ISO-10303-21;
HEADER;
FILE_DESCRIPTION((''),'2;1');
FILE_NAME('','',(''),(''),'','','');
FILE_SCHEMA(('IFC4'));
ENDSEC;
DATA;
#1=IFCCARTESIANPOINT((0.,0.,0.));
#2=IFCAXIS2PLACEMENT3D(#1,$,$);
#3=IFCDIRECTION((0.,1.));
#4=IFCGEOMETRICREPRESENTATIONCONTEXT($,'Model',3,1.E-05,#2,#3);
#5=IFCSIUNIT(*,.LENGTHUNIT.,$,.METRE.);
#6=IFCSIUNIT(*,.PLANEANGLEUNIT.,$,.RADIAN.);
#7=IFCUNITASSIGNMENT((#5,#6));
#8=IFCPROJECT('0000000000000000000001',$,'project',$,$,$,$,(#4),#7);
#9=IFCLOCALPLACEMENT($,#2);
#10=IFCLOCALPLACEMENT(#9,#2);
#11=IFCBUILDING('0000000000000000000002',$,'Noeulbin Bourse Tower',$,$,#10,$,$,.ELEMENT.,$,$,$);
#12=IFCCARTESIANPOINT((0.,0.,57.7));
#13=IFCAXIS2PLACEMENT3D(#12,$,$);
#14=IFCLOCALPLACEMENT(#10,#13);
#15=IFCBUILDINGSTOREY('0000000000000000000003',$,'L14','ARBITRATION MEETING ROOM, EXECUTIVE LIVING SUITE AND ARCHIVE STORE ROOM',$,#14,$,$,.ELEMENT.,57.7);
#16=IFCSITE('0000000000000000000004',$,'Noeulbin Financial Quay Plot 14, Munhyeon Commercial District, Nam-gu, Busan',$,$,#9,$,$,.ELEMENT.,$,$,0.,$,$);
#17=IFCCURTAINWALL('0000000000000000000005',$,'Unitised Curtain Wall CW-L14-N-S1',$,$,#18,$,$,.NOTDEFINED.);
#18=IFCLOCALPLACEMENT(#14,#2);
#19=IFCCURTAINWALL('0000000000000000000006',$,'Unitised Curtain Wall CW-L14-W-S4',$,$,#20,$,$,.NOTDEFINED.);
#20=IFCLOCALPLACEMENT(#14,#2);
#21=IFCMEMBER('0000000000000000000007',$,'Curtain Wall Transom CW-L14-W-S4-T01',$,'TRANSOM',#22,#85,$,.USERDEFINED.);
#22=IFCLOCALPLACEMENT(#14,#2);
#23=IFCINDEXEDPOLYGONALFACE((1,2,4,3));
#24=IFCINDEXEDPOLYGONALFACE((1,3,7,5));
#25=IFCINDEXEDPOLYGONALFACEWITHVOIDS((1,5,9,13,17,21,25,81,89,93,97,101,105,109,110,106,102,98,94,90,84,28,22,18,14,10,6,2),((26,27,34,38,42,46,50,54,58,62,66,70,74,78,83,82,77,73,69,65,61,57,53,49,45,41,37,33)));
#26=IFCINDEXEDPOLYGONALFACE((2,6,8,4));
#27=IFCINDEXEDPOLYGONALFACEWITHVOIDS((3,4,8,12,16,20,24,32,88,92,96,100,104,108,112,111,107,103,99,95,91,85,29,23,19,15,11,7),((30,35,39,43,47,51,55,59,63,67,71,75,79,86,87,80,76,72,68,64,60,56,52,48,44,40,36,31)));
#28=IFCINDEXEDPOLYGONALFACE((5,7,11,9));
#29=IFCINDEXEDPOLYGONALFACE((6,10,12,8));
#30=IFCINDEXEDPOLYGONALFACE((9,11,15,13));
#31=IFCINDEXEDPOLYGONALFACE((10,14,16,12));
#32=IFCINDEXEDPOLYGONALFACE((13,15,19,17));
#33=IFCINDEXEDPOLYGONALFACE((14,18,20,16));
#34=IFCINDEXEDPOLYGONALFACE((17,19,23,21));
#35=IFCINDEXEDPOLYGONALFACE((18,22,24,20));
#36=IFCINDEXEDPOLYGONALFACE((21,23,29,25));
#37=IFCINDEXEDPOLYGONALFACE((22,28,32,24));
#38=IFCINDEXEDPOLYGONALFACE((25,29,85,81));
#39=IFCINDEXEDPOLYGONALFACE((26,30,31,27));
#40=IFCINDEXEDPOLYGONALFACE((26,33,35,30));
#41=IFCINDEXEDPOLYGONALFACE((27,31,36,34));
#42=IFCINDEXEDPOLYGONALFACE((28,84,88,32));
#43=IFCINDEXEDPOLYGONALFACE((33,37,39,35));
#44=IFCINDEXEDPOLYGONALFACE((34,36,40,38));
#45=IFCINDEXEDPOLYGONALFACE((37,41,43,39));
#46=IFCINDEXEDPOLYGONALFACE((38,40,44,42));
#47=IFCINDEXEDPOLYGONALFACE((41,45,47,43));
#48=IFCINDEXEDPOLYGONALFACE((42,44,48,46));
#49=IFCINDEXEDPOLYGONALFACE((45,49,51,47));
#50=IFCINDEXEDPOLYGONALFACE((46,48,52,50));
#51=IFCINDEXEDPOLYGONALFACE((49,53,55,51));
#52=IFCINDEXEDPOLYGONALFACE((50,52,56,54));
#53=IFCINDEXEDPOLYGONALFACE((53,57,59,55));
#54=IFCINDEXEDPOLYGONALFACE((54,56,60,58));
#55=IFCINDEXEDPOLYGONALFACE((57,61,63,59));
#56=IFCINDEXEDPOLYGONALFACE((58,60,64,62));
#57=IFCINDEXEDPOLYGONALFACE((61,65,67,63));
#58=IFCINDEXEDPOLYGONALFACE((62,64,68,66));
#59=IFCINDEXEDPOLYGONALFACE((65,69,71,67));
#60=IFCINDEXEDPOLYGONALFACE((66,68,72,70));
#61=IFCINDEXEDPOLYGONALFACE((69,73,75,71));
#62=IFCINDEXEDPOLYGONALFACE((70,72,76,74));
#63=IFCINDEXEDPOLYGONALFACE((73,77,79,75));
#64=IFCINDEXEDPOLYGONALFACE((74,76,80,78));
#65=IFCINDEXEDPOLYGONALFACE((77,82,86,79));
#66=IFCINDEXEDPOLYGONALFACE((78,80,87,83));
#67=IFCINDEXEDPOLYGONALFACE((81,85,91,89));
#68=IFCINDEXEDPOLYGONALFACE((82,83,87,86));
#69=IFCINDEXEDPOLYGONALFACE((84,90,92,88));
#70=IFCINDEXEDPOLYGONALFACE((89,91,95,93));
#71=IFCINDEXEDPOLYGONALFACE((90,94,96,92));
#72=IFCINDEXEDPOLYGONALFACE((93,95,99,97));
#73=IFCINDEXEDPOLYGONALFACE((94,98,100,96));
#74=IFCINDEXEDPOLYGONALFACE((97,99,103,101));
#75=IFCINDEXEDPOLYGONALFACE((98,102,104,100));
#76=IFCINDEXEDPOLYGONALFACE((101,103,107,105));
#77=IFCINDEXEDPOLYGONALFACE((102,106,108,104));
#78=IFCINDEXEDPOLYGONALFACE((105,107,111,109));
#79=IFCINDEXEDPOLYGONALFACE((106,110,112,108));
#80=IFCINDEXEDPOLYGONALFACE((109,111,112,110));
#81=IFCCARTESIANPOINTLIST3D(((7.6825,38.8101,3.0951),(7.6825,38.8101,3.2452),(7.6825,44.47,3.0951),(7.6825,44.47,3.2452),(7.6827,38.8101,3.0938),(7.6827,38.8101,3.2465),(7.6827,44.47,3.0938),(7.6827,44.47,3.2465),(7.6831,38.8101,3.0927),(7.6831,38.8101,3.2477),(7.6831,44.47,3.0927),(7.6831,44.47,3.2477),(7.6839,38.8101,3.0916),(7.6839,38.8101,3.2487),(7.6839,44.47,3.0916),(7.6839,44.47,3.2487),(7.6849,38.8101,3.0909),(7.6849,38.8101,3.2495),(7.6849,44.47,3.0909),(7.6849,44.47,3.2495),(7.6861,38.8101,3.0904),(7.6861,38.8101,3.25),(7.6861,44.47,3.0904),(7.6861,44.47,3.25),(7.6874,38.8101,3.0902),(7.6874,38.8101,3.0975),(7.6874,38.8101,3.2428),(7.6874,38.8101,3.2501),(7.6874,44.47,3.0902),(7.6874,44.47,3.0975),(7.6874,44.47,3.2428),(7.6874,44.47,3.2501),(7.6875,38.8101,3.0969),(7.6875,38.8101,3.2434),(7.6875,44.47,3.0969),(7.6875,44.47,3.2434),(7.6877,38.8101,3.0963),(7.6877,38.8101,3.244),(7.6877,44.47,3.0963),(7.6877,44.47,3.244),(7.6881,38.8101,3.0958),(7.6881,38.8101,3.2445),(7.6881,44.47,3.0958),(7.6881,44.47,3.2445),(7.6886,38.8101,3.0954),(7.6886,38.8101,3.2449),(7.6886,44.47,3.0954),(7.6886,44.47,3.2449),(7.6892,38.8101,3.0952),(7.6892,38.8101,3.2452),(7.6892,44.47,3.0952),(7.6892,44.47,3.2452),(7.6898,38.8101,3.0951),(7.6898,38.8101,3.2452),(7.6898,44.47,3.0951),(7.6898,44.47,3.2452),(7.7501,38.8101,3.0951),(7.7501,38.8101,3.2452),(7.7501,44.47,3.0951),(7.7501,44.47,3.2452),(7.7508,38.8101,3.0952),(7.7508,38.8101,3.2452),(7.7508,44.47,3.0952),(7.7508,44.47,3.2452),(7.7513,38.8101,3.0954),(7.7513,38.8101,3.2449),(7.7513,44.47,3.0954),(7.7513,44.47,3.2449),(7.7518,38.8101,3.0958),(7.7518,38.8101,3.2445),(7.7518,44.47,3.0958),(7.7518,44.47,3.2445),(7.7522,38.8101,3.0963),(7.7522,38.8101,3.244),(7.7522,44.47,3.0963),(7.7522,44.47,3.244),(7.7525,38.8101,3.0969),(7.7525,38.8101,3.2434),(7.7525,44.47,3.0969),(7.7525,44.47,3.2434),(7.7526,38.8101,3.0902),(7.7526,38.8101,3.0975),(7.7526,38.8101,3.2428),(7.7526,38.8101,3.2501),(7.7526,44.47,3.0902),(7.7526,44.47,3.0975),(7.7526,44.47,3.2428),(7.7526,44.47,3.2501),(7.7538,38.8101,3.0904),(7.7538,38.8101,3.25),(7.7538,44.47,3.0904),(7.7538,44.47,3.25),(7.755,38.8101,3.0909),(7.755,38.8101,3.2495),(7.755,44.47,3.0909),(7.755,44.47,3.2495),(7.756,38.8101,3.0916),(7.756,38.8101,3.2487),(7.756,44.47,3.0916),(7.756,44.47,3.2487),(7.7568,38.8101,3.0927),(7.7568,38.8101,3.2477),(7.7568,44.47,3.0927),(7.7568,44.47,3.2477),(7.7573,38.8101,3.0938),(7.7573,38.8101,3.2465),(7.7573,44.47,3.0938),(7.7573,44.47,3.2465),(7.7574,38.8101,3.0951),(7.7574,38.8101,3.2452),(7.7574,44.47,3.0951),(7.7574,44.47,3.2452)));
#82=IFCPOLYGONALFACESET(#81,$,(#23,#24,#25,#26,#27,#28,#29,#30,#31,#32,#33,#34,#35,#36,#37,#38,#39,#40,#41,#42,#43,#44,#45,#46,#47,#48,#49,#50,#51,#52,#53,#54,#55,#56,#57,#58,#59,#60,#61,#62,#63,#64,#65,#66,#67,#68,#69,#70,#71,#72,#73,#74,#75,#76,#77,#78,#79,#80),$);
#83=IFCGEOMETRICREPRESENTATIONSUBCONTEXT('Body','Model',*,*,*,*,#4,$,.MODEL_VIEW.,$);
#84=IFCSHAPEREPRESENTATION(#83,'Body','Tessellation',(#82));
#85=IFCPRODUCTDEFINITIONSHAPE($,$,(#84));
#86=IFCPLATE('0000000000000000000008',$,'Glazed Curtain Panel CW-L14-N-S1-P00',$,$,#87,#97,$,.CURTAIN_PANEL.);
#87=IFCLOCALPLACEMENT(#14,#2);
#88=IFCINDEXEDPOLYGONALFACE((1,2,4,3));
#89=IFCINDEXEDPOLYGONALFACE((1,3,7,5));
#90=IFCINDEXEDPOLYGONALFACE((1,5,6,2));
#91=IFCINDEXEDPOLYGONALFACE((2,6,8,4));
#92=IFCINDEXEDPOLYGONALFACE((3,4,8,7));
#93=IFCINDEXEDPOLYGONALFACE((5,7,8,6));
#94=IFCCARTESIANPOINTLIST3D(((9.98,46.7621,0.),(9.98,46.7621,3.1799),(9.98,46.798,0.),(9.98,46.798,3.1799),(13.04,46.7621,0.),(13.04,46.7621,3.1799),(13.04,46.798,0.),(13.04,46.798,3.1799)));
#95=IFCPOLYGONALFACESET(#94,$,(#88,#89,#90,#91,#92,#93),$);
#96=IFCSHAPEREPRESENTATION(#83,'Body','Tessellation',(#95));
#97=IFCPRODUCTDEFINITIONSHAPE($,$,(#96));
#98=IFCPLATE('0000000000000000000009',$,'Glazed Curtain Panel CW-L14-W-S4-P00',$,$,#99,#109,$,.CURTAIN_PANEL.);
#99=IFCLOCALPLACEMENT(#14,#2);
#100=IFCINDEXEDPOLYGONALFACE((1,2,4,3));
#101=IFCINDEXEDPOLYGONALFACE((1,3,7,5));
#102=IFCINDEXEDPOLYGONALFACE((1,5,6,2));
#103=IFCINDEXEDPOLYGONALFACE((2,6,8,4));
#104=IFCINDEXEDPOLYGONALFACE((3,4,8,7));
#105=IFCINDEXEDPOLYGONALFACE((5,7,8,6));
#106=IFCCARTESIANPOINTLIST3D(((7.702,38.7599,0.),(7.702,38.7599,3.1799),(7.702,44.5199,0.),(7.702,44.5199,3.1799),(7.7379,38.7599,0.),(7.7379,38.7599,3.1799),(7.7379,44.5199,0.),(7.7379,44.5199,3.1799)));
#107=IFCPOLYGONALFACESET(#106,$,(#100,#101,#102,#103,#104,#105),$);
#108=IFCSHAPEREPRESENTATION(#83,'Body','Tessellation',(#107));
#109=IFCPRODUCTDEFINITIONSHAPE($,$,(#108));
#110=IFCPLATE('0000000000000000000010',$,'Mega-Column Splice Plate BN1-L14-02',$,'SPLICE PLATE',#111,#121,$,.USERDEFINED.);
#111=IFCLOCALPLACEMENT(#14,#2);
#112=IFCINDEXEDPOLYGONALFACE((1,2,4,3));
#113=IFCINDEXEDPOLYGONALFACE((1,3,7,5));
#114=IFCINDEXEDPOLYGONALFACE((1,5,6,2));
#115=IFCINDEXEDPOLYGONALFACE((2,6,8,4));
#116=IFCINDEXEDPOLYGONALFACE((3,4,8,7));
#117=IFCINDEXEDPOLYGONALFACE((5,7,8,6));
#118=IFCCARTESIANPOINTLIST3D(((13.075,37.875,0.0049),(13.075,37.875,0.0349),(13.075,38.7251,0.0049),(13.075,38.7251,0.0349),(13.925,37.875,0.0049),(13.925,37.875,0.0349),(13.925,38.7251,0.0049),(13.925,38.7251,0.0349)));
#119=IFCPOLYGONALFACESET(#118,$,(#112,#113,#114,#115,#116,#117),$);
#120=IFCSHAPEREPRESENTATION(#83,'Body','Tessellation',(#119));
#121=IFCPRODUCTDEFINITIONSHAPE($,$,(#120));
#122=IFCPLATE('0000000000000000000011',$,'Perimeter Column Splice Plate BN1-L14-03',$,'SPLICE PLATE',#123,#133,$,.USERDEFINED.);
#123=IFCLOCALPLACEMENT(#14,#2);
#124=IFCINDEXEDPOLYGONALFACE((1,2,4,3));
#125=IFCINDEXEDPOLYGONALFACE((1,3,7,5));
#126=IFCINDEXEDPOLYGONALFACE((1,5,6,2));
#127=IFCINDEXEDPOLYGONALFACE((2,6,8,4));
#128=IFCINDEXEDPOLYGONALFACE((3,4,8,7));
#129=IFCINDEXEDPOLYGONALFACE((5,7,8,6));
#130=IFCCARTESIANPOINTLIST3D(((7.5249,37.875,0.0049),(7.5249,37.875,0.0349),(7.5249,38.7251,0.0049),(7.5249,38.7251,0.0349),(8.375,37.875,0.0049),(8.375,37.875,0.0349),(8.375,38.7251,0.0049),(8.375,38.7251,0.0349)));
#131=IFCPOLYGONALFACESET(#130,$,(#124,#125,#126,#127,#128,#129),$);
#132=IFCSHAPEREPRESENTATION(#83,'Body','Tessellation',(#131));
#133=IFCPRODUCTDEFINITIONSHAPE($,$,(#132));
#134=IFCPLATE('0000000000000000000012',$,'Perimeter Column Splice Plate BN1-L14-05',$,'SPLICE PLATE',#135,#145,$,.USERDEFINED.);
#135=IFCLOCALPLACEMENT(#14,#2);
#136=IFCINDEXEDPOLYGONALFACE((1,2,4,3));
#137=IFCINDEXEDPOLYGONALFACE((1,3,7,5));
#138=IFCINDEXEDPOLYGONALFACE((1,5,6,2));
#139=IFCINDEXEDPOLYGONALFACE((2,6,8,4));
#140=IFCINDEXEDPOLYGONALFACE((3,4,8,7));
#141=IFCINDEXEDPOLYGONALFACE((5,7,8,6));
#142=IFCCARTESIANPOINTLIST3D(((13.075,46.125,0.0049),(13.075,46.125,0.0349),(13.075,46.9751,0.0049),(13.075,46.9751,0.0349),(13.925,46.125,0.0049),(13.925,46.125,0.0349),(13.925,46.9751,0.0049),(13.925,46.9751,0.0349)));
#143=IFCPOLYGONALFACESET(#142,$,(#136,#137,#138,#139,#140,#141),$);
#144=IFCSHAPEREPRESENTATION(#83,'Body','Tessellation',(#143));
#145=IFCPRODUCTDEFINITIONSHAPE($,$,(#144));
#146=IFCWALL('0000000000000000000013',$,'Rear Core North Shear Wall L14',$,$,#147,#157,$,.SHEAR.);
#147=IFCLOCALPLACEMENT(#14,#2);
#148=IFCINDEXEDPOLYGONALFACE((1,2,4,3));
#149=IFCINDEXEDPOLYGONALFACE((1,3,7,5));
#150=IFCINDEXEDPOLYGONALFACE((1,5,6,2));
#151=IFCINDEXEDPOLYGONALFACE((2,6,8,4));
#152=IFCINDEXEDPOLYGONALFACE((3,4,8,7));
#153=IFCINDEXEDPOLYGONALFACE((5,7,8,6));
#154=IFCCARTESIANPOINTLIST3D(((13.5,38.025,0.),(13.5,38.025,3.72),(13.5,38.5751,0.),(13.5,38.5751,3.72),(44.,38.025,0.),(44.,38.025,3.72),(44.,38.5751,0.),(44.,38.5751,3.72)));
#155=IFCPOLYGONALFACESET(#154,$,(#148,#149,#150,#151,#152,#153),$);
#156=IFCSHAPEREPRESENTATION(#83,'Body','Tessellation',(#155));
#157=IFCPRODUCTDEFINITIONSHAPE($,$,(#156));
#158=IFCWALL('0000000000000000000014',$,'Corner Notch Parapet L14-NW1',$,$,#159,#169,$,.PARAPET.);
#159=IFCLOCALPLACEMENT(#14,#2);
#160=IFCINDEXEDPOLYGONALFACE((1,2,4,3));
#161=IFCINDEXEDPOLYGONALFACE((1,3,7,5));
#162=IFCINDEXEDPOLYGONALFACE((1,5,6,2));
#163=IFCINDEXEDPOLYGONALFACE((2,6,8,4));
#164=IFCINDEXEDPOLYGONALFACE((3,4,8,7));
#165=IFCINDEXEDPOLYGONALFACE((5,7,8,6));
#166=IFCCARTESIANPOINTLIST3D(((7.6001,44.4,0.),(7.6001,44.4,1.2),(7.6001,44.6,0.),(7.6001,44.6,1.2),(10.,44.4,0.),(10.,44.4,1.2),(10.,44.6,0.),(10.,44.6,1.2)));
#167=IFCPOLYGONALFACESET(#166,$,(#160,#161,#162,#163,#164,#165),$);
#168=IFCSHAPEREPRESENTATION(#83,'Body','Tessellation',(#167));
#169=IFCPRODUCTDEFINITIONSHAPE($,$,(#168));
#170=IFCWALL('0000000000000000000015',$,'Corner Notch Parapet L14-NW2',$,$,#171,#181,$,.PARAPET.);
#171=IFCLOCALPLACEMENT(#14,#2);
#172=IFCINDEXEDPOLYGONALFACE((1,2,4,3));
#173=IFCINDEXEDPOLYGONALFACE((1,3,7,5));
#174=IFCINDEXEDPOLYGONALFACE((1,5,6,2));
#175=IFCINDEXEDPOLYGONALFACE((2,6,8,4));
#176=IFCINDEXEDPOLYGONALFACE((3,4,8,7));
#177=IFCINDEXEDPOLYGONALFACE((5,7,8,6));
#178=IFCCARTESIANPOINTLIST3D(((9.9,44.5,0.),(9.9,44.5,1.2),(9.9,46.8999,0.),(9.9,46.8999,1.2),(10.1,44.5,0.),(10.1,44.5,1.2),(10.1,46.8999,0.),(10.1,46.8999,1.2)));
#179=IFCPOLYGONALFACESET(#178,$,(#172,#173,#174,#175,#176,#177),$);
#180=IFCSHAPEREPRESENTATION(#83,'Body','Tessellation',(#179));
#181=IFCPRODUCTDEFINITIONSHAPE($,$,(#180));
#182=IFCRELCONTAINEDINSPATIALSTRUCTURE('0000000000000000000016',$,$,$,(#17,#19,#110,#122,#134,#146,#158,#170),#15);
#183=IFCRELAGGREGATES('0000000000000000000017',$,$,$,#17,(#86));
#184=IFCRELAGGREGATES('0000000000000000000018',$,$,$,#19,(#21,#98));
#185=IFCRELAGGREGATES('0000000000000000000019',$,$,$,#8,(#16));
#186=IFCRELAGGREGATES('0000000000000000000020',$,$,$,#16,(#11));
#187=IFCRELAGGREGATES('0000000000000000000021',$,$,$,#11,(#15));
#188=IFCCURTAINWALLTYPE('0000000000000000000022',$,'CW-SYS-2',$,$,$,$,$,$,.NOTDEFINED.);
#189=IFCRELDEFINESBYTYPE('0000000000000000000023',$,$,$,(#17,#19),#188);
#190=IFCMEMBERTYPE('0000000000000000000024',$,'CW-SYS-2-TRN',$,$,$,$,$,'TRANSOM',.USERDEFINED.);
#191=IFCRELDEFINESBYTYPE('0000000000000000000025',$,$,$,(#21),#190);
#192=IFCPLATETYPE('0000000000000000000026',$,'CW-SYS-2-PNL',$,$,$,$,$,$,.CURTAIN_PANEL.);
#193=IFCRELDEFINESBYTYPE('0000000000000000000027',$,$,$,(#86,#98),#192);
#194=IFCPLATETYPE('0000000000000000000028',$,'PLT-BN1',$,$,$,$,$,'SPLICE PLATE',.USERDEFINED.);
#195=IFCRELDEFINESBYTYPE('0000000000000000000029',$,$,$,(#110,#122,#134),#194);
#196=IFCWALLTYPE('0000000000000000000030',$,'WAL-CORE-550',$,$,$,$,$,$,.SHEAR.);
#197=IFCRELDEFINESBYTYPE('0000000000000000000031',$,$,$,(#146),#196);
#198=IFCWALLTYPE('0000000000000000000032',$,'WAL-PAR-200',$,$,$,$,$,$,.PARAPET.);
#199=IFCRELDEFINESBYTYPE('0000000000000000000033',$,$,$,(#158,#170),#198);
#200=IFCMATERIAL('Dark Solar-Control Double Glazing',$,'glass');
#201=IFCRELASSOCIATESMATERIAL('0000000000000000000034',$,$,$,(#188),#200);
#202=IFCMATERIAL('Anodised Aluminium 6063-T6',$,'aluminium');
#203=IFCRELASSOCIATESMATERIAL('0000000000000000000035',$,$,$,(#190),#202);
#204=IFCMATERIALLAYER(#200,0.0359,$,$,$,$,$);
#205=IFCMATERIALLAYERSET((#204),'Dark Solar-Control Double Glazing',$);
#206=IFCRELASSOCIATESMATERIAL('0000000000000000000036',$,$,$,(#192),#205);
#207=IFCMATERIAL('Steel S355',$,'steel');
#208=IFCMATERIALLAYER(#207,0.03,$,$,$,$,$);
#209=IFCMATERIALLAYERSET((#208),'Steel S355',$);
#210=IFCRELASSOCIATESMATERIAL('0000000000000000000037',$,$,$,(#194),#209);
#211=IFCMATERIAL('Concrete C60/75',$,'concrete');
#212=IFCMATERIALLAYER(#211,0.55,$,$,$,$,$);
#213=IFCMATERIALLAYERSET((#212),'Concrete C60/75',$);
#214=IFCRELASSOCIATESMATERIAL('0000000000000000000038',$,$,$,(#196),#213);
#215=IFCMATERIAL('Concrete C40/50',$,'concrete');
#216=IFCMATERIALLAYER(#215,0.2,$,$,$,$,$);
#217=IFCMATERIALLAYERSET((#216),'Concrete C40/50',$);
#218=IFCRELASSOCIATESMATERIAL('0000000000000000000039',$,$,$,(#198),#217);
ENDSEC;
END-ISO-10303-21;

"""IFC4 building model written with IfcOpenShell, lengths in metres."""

from ifc_helpers import new_model, si_unit, direction, frame, frame_2d, origin, origin_2d, place, context, subcontext, project, spatial, rectangle, hollow_rectangle, extrude, material, layer, layer_set, material_profile, profile_set, type_object, element, aggregate, save


model = new_model("IFC4")

# Units and contexts
model_context = context("Model", 3, precision=1e-05, world=origin(), true_north=direction((0.0, 1.0)))
body_context = subcontext(model_context, "Body", "Model", "MODEL_VIEW")
ifc_project = project(units=[si_unit("LENGTHUNIT", "METRE"), si_unit("PLANEANGLEUNIT", "RADIAN")], contexts=[model_context])

# Site, building, storey
site_placement = place(None, origin())
site = spatial("IfcSite", under=ifc_project, at=site_placement, Name="Noeulbin Financial Quay Plot 14, Munhyeon Commercial District, Nam-gu, Busan", CompositionType="ELEMENT", RefElevation=0.0)
building_placement = place(site_placement, origin())
building = spatial("IfcBuilding", under=site, at=building_placement, Name="Noeulbin Bourse Tower", CompositionType="ELEMENT")
storey_placement = place(building_placement, frame((0.0, 0.0, 57.7)))
storey = spatial("IfcBuildingStorey", under=building, at=storey_placement, Name="L14", Description="ARBITRATION MEETING ROOM, EXECUTIVE LIVING SUITE AND ARCHIVE STORE ROOM", CompositionType="ELEMENT", Elevation=57.7)

# Shared definitions
ifc_material_1 = material(Name="Steel S355", Category="steel")

# Curtain wall
ifc_material_2 = material(Name="Dark Solar-Control Double Glazing", Category="glass")
curtain_wall_type = type_object("IfcCurtainWallType", Name="CW-SYS-2", PredefinedType="NOTDEFINED", material=ifc_material_2)
curtain_wall_1_placement = place(storey_placement, origin())
curtain_wall_1 = element("IfcCurtainWall", 1, at=curtain_wall_1_placement, inside=storey, type_object=curtain_wall_type, Name="Unitised Curtain Wall CW-L14-N-S1", PredefinedType="NOTDEFINED")
ifc_material_3 = material(Name="Anodised Aluminium 6063-T6", Category="aluminium")

# Curtain wall
curtain_wall_2_placement = place(storey_placement, origin())
curtain_wall_2 = element("IfcCurtainWall", 2, at=curtain_wall_2_placement, inside=storey, type_object=curtain_wall_type, Name="Unitised Curtain Wall CW-L14-W-S4", PredefinedType="NOTDEFINED")

# Member
ifc_material_profile_1 = material_profile(ifc_material_3, hollow_rectangle(XDim=0.075, YDim=0.1599, WallThickness=0.0049, InnerFilletRadius=0.0024, OuterFilletRadius=0.0049, at=origin_2d()), Name="ALU-TRAN-75x160x5", Category="LoadBearing")
ifc_profile_set_1 = profile_set([ifc_material_profile_1], Name="Anodised Aluminium 6063-T6")
member_type_1 = type_object("IfcMemberType", Name="CW-SYS-2-TRN", ElementType="TRANSOM", PredefinedType="USERDEFINED", material=ifc_profile_set_1)
member_1_placement = place(storey_placement, frame((7.72, 38.8101, 3.1702), z_axis=(0.0, 1.0, 0.0), x_axis=(-1.0, 0.0, 0.0)))
member_1 = element("IfcMember", 3, at=member_1_placement, type_object=member_type_1, Name="Curtain Wall Transom CW-L14-W-S4-T01", ObjectType="TRANSOM", PredefinedType="USERDEFINED", context=body_context, shape_type="SweptSolid", body=[
    extrude(hollow_rectangle(XDim=0.075, YDim=0.1599, WallThickness=0.0049, InnerFilletRadius=0.0024, OuterFilletRadius=0.0049, at=origin_2d()), origin(), (0.0, 0.0, 1.0), 5.6599),
])

# Plates
ifc_layer_1 = layer(ifc_material_2, 0.0359)
ifc_layer_set_1 = layer_set([ifc_layer_1], Name="Dark Solar-Control Double Glazing")
plate_type_1 = type_object("IfcPlateType", Name="CW-SYS-2-PNL", PredefinedType="CURTAIN_PANEL", material=ifc_layer_set_1)
plate_1_placement = place(storey_placement, frame((11.51, 46.78, 0.0), z_axis=(0.0, 0.0, 1.0), x_axis=(1.0, 0.0, 0.0)))
plate_1 = element("IfcPlate", 4, at=plate_1_placement, type_object=plate_type_1, Name="Glazed Curtain Panel CW-L14-N-S1-P00", PredefinedType="CURTAIN_PANEL", context=body_context, shape_type="SweptSolid", body=[
    extrude(rectangle(XDim=3.0601, YDim=0.0359, at=origin_2d()), origin(), (0.0, 0.0, 1.0), 3.1799),
])
aggregate(curtain_wall_1, [plate_1])
plate_2_placement = place(storey_placement, frame((7.72, 41.6399, 0.0), z_axis=(0.0, 0.0, 1.0), x_axis=(0.0, 1.0, 0.0)))
plate_2 = element("IfcPlate", 5, at=plate_2_placement, type_object=plate_type_1, Name="Glazed Curtain Panel CW-L14-W-S4-P00", PredefinedType="CURTAIN_PANEL", context=body_context, shape_type="SweptSolid", body=[
    extrude(rectangle(XDim=5.76, YDim=0.0359, at=origin_2d()), origin(), (0.0, 0.0, 1.0), 3.1799),
])
aggregate(curtain_wall_2, [member_1, plate_2])

# Plates
ifc_layer_2 = layer(ifc_material_1, 0.03)
ifc_layer_set_2 = layer_set([ifc_layer_2], Name="Steel S355")
plate_type_2 = type_object("IfcPlateType", Name="PLT-BN1", ElementType="SPLICE PLATE", PredefinedType="USERDEFINED", material=ifc_layer_set_2)
for number, where, z_axis, x_axis, name in (
    (6, (13.5, 38.3, 0.0049), (0.0, 0.0, 1.0), (1.0, 0.0, 0.0), "Mega-Column Splice Plate BN1-L14-02"),
    (7, (7.95, 38.3, 0.0049), (0.0, 0.0, 1.0), (1.0, 0.0, 0.0), "Perimeter Column Splice Plate BN1-L14-03"),
    (8, (13.5, 46.55, 0.0049), (0.0, 0.0, 1.0), (1.0, 0.0, 0.0), "Perimeter Column Splice Plate BN1-L14-05"),
):
    element("IfcPlate", number, at=place(storey_placement, frame(where, z_axis=z_axis, x_axis=x_axis)), inside=storey, type_object=plate_type_2, Name=name, ObjectType="SPLICE PLATE", PredefinedType="USERDEFINED", context=body_context, shape_type="SweptSolid", body=[
        extrude(rectangle(XDim=0.8501, YDim=0.8501, at=origin_2d()), origin(), (0.0, 0.0, 1.0), 0.03),
    ])

# Walls
ifc_material_4 = material(Name="Concrete C60/75", Category="concrete")
ifc_layer_3 = layer(ifc_material_4, 0.55)
ifc_layer_set_3 = layer_set([ifc_layer_3], Name="Concrete C60/75")
wall_type_1 = type_object("IfcWallType", Name="WAL-CORE-550", PredefinedType="SHEAR", material=ifc_layer_set_3)
wall_1_placement = place(storey_placement, frame((13.5, 38.3, 0.0), z_axis=(0.0, 0.0, 1.0), x_axis=(1.0, 0.0, 0.0)))
element("IfcWall", 9, at=wall_1_placement, inside=storey, type_object=wall_type_1, Name="Rear Core North Shear Wall L14", PredefinedType="SHEAR", context=body_context, shape_type="SweptSolid", body=[
    extrude(rectangle(XDim=30.5, YDim=0.55, at=frame_2d((15.25, 0.0))), origin(), (0.0, 0.0, 1.0), 3.72),
])
ifc_material_5 = material(Name="Concrete C40/50", Category="concrete")
ifc_layer_4 = layer(ifc_material_5, 0.2)
ifc_layer_set_4 = layer_set([ifc_layer_4], Name="Concrete C40/50")
wall_type_2 = type_object("IfcWallType", Name="WAL-PAR-200", PredefinedType="PARAPET", material=ifc_layer_set_4)
for number, where, z_axis, x_axis, name in (
    (10, (7.6001, 44.5, 0.0), (0.0, 0.0, 1.0), (1.0, 0.0, 0.0), "Corner Notch Parapet L14-NW1"),
    (11, (10.0, 44.5, 0.0), (0.0, 0.0, 1.0), (0.0, 1.0, 0.0), "Corner Notch Parapet L14-NW2"),
):
    element("IfcWall", number, at=place(storey_placement, frame(where, z_axis=z_axis, x_axis=x_axis)), inside=storey, type_object=wall_type_2, Name=name, PredefinedType="PARAPET", context=body_context, shape_type="SweptSolid", body=[
        extrude(rectangle(XDim=2.3999, YDim=0.2, at=frame_2d((1.2, 0.0))), origin(), (0.0, 0.0, 1.0), 1.2),
    ])

save(model, "model.ifc")
